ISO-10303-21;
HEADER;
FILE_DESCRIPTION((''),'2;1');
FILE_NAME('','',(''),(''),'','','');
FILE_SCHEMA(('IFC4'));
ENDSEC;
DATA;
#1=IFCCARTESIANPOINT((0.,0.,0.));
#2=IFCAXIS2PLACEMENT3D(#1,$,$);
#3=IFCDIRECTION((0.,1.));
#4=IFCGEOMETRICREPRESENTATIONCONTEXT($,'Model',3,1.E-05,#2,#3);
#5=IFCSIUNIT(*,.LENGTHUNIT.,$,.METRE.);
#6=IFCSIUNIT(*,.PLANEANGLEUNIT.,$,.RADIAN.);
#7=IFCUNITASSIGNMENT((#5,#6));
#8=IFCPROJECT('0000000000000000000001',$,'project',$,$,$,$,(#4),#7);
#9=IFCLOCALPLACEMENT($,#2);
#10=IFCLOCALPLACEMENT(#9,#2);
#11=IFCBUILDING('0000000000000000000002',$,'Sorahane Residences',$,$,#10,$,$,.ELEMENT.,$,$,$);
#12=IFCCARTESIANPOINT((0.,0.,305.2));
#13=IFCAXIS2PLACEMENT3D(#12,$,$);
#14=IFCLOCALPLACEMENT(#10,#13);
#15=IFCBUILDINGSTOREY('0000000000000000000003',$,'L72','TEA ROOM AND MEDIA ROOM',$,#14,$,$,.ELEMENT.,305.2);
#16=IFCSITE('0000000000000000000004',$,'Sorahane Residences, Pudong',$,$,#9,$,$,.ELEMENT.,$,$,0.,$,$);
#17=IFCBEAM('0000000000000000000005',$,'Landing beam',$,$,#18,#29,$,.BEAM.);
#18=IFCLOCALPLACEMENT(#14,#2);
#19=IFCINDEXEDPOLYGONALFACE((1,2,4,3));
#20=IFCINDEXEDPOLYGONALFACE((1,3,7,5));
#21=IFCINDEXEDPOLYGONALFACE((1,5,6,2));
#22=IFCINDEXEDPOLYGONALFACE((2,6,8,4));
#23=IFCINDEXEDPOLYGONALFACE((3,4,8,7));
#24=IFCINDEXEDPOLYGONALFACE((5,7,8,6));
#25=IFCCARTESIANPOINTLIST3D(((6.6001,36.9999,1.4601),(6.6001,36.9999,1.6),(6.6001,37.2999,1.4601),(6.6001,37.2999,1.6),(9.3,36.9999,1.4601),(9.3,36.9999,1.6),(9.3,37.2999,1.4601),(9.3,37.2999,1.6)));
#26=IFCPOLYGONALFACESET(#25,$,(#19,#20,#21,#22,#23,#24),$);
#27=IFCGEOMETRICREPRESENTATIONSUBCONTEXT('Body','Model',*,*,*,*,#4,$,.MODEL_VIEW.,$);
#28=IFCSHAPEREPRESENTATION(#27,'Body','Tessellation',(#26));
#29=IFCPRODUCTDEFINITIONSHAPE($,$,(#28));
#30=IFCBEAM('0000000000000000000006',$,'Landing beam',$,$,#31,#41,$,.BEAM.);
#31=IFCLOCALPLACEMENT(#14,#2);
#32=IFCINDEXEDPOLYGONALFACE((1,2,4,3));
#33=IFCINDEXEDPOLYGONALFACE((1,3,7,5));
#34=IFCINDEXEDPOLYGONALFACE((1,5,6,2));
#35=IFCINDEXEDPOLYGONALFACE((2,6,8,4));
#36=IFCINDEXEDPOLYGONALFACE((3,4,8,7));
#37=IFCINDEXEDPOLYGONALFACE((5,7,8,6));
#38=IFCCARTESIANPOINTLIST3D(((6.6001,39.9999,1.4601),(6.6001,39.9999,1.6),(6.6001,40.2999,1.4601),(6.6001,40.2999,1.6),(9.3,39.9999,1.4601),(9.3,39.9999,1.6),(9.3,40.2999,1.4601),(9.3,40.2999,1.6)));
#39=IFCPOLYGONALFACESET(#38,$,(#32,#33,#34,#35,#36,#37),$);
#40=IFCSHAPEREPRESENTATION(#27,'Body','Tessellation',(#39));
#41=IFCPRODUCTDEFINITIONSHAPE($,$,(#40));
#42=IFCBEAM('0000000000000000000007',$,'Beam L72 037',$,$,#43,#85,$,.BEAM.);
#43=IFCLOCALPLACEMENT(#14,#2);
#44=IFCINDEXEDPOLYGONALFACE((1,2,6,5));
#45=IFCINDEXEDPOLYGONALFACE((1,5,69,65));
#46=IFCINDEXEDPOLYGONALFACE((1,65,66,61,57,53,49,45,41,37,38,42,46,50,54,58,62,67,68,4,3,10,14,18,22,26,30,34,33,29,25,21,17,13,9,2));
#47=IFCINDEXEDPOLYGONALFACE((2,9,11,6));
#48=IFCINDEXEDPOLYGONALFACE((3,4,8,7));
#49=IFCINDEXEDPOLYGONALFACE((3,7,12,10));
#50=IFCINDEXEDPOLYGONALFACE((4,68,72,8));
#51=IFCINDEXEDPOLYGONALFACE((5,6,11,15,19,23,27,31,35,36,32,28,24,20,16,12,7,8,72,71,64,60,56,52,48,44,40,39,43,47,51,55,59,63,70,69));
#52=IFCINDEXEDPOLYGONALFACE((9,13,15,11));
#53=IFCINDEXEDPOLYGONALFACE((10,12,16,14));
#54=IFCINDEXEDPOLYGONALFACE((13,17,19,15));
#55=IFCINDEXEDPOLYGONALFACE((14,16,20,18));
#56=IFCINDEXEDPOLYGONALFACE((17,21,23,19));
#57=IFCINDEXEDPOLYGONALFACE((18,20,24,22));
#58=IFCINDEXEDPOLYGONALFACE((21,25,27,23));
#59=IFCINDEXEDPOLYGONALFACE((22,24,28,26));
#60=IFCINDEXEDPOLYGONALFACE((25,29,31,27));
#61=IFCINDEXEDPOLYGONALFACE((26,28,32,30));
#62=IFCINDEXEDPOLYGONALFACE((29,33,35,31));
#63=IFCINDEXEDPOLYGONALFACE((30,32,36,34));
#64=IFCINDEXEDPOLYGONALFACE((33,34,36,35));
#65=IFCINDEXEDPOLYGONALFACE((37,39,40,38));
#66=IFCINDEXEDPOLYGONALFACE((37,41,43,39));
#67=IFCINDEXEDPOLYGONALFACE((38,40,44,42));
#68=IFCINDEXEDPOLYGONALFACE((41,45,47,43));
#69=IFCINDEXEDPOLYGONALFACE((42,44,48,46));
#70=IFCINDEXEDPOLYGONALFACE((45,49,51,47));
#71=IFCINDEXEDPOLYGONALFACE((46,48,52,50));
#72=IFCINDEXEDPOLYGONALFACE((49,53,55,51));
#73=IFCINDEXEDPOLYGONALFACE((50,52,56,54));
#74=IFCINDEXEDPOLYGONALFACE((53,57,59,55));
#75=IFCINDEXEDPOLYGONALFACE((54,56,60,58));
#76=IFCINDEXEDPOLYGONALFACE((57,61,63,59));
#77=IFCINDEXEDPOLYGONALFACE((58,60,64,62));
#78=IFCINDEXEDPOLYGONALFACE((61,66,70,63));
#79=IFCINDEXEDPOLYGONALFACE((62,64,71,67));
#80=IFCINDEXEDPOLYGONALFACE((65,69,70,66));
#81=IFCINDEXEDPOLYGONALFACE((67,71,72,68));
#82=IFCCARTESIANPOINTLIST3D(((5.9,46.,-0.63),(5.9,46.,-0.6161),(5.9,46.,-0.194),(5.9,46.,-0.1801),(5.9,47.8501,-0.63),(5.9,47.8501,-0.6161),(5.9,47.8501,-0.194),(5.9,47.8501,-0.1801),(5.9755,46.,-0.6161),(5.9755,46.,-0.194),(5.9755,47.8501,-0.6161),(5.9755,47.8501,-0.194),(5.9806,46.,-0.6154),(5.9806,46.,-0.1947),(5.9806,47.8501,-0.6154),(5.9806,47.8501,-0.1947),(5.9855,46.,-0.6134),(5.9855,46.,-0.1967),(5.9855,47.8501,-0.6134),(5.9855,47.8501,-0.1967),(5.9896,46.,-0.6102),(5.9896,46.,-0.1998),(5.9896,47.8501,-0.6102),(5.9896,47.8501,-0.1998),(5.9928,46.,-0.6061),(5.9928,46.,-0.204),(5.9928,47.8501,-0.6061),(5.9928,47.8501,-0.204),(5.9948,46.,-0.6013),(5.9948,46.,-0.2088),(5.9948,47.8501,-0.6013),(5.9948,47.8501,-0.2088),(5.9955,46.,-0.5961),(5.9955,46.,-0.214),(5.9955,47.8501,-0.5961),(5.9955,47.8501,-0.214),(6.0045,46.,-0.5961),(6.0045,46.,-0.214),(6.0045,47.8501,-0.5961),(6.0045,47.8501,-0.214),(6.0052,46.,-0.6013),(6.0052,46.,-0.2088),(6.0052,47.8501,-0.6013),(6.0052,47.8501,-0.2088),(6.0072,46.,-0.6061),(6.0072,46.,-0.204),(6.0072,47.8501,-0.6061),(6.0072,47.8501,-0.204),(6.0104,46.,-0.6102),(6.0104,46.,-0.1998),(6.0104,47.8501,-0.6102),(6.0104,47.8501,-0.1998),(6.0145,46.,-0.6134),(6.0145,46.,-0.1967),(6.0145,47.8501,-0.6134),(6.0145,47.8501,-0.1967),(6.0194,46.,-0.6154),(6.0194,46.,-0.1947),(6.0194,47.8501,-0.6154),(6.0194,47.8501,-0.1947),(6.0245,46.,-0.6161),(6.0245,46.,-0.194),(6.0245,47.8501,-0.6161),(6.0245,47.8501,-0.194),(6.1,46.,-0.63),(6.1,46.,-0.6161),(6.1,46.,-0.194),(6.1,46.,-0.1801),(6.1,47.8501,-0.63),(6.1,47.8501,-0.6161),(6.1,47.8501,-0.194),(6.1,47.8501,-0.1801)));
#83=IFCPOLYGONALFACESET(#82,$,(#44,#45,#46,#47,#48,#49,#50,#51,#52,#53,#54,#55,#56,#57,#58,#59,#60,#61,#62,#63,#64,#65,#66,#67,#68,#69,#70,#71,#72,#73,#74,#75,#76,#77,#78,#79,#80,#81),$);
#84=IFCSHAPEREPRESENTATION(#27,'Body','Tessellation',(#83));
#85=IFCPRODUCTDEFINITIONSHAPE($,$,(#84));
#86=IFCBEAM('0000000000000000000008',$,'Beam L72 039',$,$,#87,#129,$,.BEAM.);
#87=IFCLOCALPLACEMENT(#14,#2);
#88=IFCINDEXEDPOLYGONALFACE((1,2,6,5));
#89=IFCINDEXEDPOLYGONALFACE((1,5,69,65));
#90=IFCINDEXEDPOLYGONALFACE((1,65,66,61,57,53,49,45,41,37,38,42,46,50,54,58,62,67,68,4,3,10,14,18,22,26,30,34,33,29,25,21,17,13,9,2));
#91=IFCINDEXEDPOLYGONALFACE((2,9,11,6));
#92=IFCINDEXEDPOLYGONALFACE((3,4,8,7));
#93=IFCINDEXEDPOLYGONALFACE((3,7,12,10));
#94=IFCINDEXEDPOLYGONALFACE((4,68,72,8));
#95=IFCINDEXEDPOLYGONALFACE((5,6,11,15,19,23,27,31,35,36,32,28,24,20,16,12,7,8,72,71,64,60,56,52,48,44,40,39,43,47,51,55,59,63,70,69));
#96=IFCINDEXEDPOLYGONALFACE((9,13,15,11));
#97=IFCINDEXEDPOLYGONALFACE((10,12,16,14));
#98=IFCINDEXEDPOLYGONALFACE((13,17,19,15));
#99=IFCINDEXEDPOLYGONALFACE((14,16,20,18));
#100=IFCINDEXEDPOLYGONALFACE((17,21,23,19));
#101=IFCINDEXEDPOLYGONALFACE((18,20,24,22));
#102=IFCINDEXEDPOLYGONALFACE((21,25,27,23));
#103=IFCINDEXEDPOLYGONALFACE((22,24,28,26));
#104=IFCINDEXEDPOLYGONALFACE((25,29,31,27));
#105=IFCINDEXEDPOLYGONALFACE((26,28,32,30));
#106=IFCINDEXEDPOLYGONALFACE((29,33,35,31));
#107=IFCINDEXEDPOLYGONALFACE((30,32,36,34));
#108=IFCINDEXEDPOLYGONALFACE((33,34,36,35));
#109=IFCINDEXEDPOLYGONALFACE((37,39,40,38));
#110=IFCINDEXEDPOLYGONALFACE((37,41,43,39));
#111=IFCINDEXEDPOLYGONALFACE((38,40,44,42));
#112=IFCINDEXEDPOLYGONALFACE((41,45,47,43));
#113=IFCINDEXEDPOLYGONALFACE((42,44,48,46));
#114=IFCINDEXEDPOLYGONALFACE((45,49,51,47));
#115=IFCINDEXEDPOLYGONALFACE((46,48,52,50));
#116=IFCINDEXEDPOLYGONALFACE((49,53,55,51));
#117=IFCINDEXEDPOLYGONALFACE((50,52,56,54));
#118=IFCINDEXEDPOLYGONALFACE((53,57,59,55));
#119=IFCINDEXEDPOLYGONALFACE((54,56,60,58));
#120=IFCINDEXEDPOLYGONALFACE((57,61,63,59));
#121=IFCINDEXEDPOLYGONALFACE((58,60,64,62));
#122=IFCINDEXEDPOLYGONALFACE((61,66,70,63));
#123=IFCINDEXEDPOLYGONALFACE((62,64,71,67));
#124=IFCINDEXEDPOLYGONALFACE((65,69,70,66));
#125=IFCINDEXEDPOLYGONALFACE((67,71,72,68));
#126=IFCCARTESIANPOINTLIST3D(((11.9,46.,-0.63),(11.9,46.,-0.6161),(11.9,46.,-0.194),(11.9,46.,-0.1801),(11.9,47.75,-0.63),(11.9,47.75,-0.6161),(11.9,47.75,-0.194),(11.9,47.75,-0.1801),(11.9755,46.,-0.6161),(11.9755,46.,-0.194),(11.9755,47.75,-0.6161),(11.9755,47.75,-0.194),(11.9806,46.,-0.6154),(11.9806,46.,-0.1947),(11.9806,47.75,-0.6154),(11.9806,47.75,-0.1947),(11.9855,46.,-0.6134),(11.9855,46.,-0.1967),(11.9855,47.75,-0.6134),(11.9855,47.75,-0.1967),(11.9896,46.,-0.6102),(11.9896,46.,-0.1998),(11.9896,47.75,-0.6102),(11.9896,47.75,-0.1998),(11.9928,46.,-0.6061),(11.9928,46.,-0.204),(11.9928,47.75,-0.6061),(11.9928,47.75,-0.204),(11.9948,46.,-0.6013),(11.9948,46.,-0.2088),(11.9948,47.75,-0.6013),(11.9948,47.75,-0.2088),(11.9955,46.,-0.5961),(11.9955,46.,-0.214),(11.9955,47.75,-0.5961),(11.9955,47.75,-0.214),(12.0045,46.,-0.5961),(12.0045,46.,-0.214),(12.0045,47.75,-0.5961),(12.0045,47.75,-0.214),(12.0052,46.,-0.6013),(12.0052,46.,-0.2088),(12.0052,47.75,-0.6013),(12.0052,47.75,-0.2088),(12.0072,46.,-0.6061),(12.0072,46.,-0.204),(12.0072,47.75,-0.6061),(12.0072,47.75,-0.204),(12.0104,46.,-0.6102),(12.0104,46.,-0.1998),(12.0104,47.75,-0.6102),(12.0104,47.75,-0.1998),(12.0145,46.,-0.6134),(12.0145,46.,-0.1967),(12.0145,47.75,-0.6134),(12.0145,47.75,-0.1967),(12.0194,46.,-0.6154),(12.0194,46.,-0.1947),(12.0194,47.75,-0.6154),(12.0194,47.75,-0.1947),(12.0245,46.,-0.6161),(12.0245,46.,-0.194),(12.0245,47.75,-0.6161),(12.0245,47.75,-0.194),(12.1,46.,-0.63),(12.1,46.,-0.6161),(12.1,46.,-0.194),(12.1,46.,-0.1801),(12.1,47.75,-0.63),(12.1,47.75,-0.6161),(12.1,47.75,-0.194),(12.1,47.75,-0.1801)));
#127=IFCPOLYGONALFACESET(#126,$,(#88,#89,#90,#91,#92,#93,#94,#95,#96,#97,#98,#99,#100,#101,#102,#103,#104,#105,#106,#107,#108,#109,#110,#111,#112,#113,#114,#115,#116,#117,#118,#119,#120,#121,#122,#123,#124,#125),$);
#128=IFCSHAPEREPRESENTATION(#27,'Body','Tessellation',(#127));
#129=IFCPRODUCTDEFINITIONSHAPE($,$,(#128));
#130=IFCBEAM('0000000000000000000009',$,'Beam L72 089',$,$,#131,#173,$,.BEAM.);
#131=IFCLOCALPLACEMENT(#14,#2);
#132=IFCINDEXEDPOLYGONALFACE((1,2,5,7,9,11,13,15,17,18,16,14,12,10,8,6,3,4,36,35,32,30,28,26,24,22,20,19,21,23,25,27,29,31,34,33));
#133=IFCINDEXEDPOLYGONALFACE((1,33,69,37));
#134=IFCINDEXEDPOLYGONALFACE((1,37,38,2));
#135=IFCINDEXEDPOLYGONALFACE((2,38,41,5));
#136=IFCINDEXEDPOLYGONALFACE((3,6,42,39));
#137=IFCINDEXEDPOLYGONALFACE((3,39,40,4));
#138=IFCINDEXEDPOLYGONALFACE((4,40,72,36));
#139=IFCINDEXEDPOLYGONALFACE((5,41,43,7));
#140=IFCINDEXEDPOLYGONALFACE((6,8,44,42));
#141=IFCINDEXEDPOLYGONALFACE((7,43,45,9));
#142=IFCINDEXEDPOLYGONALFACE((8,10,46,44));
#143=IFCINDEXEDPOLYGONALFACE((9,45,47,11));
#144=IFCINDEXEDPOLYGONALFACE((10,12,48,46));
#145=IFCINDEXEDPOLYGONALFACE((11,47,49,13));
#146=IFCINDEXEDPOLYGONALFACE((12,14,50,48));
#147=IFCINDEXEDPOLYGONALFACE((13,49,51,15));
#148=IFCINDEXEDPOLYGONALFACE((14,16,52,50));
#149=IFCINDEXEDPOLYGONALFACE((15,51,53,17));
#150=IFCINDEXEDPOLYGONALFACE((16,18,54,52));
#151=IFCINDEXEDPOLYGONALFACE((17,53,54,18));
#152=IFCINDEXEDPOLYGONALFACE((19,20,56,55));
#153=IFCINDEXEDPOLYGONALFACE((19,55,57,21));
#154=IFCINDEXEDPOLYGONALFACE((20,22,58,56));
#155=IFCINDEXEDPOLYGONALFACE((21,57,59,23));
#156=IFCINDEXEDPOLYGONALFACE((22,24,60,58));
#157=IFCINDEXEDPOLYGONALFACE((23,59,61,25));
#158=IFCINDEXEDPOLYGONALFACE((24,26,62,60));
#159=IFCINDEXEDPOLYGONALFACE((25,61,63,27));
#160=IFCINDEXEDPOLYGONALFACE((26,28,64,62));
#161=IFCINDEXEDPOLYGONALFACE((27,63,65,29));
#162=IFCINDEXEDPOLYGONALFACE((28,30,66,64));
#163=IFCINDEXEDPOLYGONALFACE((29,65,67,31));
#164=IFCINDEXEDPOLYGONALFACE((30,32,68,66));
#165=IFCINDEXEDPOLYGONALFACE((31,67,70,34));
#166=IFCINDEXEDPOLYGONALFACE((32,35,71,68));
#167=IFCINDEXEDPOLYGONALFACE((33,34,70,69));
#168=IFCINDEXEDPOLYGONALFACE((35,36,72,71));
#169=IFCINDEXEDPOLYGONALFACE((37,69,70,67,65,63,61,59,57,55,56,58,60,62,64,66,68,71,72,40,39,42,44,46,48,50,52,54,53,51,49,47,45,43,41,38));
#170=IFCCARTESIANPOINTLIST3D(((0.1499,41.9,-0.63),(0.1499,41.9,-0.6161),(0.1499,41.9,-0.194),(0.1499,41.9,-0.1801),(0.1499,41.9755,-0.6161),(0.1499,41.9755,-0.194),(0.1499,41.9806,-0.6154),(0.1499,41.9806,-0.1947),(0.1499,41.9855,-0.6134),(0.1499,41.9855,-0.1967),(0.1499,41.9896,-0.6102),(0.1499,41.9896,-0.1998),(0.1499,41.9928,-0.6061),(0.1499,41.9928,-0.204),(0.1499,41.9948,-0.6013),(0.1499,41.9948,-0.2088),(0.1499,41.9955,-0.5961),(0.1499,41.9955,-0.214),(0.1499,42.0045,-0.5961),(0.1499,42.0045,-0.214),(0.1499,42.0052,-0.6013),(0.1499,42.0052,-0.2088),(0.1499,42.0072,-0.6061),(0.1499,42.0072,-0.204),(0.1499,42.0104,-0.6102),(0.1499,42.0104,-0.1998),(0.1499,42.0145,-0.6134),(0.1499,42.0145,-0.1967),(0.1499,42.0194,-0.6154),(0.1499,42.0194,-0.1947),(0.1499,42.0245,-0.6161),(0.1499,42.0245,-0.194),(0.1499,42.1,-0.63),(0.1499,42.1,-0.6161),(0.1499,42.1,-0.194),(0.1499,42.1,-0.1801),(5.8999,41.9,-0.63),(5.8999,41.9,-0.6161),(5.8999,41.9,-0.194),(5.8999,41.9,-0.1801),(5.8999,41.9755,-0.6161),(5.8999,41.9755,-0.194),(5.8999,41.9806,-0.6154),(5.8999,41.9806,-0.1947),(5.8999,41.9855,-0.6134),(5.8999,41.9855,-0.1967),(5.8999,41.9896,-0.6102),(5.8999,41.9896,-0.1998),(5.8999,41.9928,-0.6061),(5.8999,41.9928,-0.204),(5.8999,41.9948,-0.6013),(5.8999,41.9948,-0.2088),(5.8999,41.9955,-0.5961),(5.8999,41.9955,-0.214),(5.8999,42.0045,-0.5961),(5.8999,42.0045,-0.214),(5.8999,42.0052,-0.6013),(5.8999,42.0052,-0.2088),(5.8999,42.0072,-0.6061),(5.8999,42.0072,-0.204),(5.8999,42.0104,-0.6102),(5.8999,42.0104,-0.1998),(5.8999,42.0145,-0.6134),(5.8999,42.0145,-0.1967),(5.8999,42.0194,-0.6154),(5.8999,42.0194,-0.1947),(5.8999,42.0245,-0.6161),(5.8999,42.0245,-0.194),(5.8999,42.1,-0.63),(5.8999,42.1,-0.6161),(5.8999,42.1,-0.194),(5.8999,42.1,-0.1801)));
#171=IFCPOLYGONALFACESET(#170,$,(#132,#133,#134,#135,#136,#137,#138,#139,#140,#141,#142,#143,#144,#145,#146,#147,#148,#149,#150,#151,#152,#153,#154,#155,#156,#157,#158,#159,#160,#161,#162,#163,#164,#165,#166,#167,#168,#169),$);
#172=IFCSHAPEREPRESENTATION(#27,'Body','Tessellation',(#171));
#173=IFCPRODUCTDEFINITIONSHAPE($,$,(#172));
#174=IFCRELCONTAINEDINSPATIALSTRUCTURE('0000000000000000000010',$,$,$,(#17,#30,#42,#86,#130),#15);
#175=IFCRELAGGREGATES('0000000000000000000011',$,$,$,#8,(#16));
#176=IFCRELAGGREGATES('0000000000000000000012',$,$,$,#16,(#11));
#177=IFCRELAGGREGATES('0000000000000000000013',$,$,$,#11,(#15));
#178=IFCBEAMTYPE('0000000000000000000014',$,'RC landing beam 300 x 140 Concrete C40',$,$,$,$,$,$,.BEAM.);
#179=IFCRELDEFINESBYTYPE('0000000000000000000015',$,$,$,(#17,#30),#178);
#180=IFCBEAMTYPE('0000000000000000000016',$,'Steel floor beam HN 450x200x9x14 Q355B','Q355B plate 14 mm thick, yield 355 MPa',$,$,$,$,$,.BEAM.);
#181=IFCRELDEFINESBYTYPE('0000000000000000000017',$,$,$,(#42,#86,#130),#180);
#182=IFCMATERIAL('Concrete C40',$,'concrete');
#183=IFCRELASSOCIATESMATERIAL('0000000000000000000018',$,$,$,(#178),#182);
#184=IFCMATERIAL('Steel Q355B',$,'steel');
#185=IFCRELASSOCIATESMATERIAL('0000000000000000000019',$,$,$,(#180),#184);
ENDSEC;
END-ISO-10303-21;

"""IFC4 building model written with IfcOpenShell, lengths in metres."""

from ifc_helpers import new_model, si_unit, direction, frame, origin, origin_2d, place, context, subcontext, project, spatial, rectangle, i_section, extrude, material, material_profile, profile_set, type_object, element, save


model = new_model("IFC4")

# Units and contexts
model_context = context("Model", 3, precision=1e-05, world=origin(), true_north=direction((0.0, 1.0)))
body_context = subcontext(model_context, "Body", "Model", "MODEL_VIEW")
ifc_project = project(units=[si_unit("LENGTHUNIT", "METRE"), si_unit("PLANEANGLEUNIT", "RADIAN")], contexts=[model_context])

# Site, building, storey
site_placement = place(None, origin())
site = spatial("IfcSite", under=ifc_project, at=site_placement, Name="Sorahane Residences, Pudong", CompositionType="ELEMENT", RefElevation=0.0)
building_placement = place(site_placement, origin())
building = spatial("IfcBuilding", under=site, at=building_placement, Name="Sorahane Residences", CompositionType="ELEMENT")
storey_placement = place(building_placement, frame((0.0, 0.0, 305.2)))
storey = spatial("IfcBuildingStorey", under=building, at=storey_placement, Name="L72", Description="TEA ROOM AND MEDIA ROOM", CompositionType="ELEMENT", Elevation=305.2)

# Beams
ifc_material_1 = material(Name="Concrete C40", Category="concrete")
ifc_material_profile_1 = material_profile(ifc_material_1, rectangle(XDim=0.3, YDim=0.1399, at=origin_2d()), Name="300x140")
ifc_profile_set_1 = profile_set([ifc_material_profile_1], Name="Concrete C40")
beam_type_1 = type_object("IfcBeamType", Name="RC landing beam 300 x 140 Concrete C40", PredefinedType="BEAM", material=ifc_profile_set_1)
for number, where, z_axis, x_axis, name in (
    (1, (6.6001, 37.1499, 1.53), (1.0, 0.0, 0.0), (0.0, 1.0, 0.0), "Landing beam"),
    (2, (6.6001, 40.1499, 1.53), (1.0, 0.0, 0.0), (0.0, 1.0, 0.0), "Landing beam"),
):
    element("IfcBeam", number, at=place(storey_placement, frame(where, z_axis=z_axis, x_axis=x_axis)), inside=storey, type_object=beam_type_1, Name=name, PredefinedType="BEAM", context=body_context, shape_type="SweptSolid", body=[
        extrude(rectangle(XDim=0.3, YDim=0.1399, at=origin_2d()), origin(), (0.0, 0.0, 1.0), 2.7),
    ])
ifc_material_2 = material(Name="Steel Q355B", Category="steel")
ifc_material_profile_2 = material_profile(ifc_material_2, i_section(OverallWidth=0.2, OverallDepth=0.45, WebThickness=0.009, FlangeThickness=0.0139, FilletRadius=0.02, at=origin_2d()), Name="HN 450x200x9x14")
ifc_profile_set_2 = profile_set([ifc_material_profile_2], Name="Steel Q355B")
beam_type_2 = type_object("IfcBeamType", Name="Steel floor beam HN 450x200x9x14 Q355B", Description="Q355B plate 14 mm thick, yield 355 MPa", PredefinedType="BEAM", material=ifc_profile_set_2)
beam_1_placement = place(storey_placement, frame((6.0, 46.0, -0.405), z_axis=(0.0, 1.0, 0.0), x_axis=(-1.0, 0.0, 0.0)))
element("IfcBeam", 3, at=beam_1_placement, inside=storey, type_object=beam_type_2, Name="Beam L72 037", PredefinedType="BEAM", context=body_context, shape_type="SweptSolid", body=[
    extrude(i_section(OverallWidth=0.2, OverallDepth=0.45, WebThickness=0.009, FlangeThickness=0.0139, FilletRadius=0.02, at=origin_2d()), origin(), (0.0, 0.0, 1.0), 1.8501),
])
beam_2_placement = place(storey_placement, frame((12.0, 46.0, -0.405), z_axis=(0.0, 1.0, 0.0), x_axis=(-1.0, 0.0, 0.0)))
element("IfcBeam", 4, at=beam_2_placement, inside=storey, type_object=beam_type_2, Name="Beam L72 039", PredefinedType="BEAM", context=body_context, shape_type="SweptSolid", body=[
    extrude(i_section(OverallWidth=0.2, OverallDepth=0.45, WebThickness=0.009, FlangeThickness=0.0139, FilletRadius=0.02, at=origin_2d()), origin(), (0.0, 0.0, 1.0), 1.75),
])
beam_3_placement = place(storey_placement, frame((0.1499, 42.0, -0.405), z_axis=(1.0, 0.0, 0.0), x_axis=(0.0, 1.0, 0.0)))
element("IfcBeam", 5, at=beam_3_placement, inside=storey, type_object=beam_type_2, Name="Beam L72 089", PredefinedType="BEAM", context=body_context, shape_type="SweptSolid", body=[
    extrude(i_section(OverallWidth=0.2, OverallDepth=0.45, WebThickness=0.009, FlangeThickness=0.0139, FilletRadius=0.02, at=origin_2d()), origin(), (0.0, 0.0, 1.0), 5.75),
])

save(model, "model.ifc")
